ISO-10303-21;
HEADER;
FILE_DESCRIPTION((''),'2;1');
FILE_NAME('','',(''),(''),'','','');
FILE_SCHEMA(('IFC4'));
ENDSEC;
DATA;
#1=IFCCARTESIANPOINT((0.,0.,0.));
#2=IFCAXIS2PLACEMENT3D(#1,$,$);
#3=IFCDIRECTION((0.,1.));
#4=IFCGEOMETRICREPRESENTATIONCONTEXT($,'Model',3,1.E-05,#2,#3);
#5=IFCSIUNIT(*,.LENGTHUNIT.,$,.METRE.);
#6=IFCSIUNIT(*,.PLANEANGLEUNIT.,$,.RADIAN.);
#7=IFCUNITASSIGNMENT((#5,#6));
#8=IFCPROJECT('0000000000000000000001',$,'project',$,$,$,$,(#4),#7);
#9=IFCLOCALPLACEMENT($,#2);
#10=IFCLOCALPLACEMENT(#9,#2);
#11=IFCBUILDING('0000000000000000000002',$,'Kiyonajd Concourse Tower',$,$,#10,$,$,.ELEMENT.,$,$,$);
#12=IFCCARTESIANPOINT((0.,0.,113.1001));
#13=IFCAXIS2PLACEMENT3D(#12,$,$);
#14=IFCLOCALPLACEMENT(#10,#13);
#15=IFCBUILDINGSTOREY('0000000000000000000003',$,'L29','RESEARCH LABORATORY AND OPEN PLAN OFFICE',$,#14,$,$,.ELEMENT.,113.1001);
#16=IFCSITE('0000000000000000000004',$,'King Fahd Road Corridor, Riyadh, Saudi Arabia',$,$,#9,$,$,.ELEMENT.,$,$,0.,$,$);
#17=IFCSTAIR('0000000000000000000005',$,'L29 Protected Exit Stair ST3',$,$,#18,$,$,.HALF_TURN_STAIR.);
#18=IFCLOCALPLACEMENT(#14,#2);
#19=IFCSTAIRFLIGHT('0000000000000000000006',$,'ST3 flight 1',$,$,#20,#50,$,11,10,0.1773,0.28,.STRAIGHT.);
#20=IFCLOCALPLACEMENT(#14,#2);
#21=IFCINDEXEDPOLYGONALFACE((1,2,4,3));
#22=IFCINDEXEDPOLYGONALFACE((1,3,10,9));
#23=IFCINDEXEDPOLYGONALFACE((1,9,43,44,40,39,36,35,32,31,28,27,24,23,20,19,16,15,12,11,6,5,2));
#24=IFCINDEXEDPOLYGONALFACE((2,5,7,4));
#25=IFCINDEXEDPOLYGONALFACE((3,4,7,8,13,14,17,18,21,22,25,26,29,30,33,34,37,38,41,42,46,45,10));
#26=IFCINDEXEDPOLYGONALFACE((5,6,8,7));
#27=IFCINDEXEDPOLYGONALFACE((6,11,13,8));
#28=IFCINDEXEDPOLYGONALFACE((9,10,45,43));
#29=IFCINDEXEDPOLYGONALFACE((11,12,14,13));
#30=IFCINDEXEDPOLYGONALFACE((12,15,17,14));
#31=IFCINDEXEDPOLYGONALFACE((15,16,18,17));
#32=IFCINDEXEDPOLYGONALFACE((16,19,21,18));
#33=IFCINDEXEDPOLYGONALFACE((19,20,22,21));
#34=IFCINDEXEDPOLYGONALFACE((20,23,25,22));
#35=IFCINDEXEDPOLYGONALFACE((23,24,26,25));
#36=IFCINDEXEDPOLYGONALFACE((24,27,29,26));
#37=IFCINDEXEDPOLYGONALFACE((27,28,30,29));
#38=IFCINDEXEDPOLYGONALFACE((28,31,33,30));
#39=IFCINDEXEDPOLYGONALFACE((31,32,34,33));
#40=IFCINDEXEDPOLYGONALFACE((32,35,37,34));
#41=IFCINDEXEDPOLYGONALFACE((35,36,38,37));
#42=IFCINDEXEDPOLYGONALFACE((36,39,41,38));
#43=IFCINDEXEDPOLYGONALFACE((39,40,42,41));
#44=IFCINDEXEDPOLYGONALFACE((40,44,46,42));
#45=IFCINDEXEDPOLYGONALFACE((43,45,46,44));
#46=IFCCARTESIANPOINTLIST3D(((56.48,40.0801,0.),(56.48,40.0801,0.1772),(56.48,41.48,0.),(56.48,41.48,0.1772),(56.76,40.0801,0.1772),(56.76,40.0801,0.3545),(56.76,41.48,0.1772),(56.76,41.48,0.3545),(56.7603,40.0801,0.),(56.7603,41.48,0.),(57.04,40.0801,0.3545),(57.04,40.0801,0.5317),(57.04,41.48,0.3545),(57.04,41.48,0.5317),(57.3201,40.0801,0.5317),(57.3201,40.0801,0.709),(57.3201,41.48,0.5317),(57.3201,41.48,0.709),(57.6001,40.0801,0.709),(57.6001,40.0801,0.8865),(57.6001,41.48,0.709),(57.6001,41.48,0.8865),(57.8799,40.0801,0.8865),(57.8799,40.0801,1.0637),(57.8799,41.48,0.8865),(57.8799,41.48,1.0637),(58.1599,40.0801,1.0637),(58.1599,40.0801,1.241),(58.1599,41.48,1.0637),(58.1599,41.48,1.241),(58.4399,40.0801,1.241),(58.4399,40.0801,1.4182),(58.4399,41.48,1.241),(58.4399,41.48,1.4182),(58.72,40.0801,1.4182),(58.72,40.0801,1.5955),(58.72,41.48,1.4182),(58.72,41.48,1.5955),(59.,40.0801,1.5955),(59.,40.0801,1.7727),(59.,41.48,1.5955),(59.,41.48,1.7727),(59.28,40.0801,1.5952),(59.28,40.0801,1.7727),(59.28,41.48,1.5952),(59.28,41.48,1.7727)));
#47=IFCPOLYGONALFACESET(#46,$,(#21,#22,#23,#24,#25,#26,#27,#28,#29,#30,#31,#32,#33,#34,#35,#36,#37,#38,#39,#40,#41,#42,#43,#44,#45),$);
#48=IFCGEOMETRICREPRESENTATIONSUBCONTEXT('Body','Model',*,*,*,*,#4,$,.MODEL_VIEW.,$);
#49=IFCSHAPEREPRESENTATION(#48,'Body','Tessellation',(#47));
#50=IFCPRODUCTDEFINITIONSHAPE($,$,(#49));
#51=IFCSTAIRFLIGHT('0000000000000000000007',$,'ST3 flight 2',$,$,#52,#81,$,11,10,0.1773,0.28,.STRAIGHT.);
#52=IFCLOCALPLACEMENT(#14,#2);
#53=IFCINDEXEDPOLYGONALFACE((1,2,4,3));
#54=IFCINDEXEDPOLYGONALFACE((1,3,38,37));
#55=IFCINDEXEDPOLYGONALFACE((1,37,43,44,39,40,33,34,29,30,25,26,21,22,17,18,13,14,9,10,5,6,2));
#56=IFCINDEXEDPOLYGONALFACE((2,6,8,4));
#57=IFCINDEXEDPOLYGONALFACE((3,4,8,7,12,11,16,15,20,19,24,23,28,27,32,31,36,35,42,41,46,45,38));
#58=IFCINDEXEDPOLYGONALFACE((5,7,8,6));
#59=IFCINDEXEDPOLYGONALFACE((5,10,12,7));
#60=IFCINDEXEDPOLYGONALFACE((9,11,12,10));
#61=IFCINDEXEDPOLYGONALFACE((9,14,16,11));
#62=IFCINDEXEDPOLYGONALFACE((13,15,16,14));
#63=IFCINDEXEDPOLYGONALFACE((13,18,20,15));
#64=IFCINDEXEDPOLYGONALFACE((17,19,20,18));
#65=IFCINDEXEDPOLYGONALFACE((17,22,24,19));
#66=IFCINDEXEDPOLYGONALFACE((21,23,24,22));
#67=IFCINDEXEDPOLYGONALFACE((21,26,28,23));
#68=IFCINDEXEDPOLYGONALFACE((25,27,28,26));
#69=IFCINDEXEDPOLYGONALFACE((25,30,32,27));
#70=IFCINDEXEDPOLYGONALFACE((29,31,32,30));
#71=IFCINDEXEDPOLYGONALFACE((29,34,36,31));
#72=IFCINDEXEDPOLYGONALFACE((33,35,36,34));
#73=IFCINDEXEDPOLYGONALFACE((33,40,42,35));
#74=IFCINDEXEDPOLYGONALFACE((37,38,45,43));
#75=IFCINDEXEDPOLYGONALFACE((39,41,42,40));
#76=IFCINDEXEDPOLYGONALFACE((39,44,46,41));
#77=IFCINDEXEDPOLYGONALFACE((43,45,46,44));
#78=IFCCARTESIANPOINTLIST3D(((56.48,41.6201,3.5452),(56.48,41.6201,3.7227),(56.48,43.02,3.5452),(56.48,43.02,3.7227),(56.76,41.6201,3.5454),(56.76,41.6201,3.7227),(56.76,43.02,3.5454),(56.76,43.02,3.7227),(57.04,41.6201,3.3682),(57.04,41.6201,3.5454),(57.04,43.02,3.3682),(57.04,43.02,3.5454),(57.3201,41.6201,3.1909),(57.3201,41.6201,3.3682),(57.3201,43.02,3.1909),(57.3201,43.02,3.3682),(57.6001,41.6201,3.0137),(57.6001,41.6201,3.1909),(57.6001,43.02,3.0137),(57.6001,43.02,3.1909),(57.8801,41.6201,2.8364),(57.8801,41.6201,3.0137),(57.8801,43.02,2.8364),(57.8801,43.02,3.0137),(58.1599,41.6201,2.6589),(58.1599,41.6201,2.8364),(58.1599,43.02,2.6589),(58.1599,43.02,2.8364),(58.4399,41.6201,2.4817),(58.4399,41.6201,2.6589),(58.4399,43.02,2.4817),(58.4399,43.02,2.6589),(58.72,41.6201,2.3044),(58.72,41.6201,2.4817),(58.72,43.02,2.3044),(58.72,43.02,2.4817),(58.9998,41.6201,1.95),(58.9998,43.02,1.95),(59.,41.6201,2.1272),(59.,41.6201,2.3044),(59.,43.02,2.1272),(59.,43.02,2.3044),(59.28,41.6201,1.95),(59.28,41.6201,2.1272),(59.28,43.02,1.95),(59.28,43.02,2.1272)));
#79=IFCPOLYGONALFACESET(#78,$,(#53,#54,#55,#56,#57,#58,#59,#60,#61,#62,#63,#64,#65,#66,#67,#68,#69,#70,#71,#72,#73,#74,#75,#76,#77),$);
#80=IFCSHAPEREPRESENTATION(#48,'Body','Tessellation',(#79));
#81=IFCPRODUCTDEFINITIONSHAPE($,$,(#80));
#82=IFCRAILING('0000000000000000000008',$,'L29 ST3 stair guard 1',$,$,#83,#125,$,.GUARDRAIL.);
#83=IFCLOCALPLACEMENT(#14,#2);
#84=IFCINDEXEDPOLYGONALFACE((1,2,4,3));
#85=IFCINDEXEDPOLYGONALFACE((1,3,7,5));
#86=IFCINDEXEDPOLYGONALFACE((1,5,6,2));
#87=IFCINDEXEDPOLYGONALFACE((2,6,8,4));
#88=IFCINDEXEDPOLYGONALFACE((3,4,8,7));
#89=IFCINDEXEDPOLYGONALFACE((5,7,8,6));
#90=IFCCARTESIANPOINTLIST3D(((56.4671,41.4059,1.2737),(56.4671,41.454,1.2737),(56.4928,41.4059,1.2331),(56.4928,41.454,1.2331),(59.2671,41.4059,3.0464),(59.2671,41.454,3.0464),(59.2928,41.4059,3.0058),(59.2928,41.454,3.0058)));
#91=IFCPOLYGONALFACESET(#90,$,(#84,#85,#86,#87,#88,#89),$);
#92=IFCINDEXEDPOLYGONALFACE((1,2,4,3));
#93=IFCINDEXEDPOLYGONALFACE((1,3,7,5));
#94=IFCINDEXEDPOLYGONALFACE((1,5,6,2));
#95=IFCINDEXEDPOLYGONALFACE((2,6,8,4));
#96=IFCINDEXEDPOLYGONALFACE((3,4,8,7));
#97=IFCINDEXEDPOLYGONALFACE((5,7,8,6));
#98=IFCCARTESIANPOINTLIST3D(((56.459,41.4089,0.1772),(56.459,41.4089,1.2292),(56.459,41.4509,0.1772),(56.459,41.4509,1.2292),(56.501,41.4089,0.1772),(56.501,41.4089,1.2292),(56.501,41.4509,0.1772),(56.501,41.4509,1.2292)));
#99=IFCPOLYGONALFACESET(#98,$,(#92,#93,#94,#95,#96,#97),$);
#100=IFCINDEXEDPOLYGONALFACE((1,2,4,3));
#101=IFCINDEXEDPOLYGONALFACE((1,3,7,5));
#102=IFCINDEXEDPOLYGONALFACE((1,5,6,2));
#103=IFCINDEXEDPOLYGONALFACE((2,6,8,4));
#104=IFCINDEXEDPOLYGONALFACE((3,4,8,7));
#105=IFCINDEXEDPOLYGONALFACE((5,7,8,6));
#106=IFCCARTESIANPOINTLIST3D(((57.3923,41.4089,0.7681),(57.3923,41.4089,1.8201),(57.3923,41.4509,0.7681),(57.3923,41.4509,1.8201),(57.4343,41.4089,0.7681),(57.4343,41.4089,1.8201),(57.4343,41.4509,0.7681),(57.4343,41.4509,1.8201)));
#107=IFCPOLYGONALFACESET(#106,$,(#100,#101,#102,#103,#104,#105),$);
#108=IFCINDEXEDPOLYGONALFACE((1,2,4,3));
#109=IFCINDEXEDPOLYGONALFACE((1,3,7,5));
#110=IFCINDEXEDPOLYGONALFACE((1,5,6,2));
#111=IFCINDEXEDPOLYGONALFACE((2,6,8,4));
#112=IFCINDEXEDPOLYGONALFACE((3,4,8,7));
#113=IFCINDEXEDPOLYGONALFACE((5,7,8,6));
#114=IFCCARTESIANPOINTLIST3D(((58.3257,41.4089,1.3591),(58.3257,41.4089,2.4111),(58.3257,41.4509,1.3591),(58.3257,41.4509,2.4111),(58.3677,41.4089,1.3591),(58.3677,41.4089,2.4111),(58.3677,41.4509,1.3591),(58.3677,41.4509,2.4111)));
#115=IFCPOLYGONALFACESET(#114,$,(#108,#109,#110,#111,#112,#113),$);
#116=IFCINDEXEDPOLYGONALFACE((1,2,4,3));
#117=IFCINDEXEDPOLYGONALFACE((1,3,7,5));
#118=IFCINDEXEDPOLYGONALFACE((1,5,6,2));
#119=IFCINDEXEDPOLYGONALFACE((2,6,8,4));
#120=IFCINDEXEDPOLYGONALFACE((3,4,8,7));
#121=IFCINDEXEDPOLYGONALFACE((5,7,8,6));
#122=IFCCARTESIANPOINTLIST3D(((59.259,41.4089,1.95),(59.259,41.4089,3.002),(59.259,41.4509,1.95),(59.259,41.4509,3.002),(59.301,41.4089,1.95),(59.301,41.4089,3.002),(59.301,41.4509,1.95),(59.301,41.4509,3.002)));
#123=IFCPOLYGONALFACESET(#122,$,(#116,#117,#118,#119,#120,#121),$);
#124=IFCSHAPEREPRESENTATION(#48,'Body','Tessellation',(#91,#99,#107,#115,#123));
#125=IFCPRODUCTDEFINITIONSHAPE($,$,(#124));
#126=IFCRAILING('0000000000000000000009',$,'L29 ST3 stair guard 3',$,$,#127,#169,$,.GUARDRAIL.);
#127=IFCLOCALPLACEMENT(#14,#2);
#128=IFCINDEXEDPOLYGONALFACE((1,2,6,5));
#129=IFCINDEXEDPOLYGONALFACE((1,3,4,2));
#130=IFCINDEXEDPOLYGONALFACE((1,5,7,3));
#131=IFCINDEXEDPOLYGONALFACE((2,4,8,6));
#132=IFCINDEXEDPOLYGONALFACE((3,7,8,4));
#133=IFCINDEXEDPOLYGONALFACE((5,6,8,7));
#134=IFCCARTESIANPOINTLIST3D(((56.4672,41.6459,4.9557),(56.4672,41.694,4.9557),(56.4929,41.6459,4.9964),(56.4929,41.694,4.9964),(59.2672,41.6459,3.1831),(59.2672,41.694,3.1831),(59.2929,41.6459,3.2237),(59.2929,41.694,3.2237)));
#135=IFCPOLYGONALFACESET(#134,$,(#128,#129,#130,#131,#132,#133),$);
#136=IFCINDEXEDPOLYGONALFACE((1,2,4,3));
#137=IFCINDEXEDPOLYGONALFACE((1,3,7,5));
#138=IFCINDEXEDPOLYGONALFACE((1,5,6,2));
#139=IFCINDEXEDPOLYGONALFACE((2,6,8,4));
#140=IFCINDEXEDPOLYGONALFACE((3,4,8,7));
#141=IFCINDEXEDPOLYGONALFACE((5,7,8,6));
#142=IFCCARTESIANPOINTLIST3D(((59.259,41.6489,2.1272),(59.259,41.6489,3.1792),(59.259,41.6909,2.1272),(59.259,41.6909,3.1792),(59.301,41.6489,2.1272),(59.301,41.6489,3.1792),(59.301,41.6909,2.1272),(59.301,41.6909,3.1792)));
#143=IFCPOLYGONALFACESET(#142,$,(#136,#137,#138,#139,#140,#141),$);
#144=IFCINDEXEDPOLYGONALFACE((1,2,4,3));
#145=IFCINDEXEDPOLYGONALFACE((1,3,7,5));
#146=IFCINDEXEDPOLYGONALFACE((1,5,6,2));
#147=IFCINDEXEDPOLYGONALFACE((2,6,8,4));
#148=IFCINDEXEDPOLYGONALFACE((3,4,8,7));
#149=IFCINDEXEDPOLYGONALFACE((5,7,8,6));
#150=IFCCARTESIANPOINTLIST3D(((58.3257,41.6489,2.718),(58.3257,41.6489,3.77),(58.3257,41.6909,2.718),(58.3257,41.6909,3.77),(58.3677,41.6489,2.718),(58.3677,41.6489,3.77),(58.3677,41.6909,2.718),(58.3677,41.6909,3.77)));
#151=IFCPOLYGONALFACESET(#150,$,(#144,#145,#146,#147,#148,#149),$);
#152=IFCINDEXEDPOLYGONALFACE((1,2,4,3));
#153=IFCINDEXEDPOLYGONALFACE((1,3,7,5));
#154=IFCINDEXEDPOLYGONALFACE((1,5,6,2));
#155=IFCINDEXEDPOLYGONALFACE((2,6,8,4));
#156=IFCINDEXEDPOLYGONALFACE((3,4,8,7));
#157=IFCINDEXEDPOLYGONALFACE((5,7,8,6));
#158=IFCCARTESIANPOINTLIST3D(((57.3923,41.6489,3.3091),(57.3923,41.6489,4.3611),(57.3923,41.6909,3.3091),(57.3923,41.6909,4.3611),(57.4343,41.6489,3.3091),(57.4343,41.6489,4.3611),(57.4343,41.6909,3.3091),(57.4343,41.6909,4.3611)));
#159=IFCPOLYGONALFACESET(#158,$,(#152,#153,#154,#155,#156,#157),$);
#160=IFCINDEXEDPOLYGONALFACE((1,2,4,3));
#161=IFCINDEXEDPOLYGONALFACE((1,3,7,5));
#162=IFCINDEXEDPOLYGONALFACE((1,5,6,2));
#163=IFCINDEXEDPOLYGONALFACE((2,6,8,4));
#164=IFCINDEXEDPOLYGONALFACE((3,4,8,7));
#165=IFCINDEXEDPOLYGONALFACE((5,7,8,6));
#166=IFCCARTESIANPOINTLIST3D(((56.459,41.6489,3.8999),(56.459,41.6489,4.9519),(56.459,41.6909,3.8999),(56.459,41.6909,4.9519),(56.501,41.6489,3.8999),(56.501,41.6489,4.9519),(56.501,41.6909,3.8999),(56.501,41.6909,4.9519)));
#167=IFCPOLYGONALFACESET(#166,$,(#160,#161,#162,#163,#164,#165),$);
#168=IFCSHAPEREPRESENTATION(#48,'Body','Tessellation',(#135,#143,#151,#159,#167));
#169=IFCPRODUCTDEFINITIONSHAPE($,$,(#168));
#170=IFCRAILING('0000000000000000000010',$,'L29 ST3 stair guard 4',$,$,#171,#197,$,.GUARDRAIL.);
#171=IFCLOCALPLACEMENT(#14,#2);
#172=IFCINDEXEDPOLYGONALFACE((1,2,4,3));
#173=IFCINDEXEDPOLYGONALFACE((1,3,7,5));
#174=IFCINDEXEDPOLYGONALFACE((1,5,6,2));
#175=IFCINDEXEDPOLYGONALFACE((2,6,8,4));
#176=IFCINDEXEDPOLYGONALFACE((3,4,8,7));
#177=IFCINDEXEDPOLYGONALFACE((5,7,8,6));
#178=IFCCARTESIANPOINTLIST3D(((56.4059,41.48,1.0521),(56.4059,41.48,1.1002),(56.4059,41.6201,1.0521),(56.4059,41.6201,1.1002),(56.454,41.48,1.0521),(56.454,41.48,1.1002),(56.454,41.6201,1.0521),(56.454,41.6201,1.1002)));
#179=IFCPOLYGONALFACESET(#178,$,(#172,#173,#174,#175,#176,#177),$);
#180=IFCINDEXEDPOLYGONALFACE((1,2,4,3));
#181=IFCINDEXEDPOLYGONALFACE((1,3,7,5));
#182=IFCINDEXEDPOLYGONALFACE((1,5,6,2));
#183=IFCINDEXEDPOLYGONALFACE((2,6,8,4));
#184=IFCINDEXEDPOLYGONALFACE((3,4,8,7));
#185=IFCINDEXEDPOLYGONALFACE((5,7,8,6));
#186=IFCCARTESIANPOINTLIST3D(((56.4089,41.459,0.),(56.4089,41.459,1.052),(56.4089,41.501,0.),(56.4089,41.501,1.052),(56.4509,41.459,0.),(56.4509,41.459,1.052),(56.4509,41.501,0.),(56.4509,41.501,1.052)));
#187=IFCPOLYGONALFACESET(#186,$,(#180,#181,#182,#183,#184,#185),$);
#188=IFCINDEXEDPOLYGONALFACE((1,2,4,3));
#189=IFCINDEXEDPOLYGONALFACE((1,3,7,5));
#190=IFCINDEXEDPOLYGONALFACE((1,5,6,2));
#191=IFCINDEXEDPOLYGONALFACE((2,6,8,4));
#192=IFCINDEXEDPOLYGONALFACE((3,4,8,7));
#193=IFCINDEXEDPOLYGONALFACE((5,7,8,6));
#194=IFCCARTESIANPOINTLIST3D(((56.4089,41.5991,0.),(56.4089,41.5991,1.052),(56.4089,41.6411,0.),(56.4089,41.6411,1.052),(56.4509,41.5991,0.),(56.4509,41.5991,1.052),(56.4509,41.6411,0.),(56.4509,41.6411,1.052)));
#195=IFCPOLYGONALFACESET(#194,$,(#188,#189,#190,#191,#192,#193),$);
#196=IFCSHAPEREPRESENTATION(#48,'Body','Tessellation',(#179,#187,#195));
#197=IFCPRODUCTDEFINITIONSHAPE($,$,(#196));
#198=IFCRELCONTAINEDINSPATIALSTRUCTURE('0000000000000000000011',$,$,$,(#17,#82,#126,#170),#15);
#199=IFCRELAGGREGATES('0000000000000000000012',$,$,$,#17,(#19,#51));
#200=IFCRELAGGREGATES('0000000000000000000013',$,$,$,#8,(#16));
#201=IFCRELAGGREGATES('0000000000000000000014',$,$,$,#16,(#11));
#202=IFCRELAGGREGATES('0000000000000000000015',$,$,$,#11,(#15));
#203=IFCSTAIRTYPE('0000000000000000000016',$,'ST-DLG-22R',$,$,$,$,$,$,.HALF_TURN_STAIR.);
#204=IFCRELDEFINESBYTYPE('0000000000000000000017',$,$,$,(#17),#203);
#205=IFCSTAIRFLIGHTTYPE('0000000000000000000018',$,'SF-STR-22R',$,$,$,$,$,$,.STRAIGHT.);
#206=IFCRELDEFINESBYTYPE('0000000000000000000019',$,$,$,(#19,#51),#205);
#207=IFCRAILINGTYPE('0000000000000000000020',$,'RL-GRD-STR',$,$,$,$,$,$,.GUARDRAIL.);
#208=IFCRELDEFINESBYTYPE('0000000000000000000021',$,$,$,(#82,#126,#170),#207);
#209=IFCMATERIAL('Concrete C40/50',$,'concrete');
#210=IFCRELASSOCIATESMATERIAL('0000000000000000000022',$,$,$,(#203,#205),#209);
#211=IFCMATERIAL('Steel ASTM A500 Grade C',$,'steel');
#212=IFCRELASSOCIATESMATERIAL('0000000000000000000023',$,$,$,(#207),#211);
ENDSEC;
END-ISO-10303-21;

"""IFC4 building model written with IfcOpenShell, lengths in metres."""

from ifc_helpers import new_model, si_unit, direction, frame, origin, origin_2d, place, context, subcontext, project, spatial, polyline, rectangle, outline, extrude, material, type_object, element, aggregate, save


model = new_model("IFC4")

# Units and contexts
model_context = context("Model", 3, precision=1e-05, world=origin(), true_north=direction((0.0, 1.0)))
body_context = subcontext(model_context, "Body", "Model", "MODEL_VIEW")
ifc_project = project(units=[si_unit("LENGTHUNIT", "METRE"), si_unit("PLANEANGLEUNIT", "RADIAN")], contexts=[model_context])

# Site, building, storey
site_placement = place(None, origin())
site = spatial("IfcSite", under=ifc_project, at=site_placement, Name="King Fahd Road Corridor, Riyadh, Saudi Arabia", CompositionType="ELEMENT", RefElevation=0.0)
building_placement = place(site_placement, origin())
building = spatial("IfcBuilding", under=site, at=building_placement, Name="Kiyonajd Concourse Tower", CompositionType="ELEMENT")
storey_placement = place(building_placement, frame((0.0, 0.0, 113.1001)))
storey = spatial("IfcBuildingStorey", under=building, at=storey_placement, Name="L29", Description="RESEARCH LABORATORY AND OPEN PLAN OFFICE", CompositionType="ELEMENT", Elevation=113.1001)

# Stair, stair flights
ifc_material_1 = material(Name="Concrete C40/50", Category="concrete")
stair_type = type_object("IfcStairType", Name="ST-DLG-22R", PredefinedType="HALF_TURN_STAIR", material=ifc_material_1)
stair_placement = place(storey_placement, origin())
stair = element("IfcStair", 1, at=stair_placement, inside=storey, type_object=stair_type, Name="L29 Protected Exit Stair ST3", PredefinedType="HALF_TURN_STAIR")
stair_flight_type = type_object("IfcStairFlightType", Name="SF-STR-22R", PredefinedType="STRAIGHT", material=ifc_material_1)
stair_flight_1_placement = place(storey_placement, frame((56.48, 40.78, 0.0), z_axis=(0.0, 0.0, 1.0), x_axis=(1.0, 0.0, 0.0)))
stair_flight_1 = element("IfcStairFlight", 2, at=stair_flight_1_placement, type_object=stair_flight_type, Name="ST3 flight 1", NumberOfRisers=11, NumberOfTreads=10, PredefinedType="STRAIGHT", RiserHeight=0.1773, TreadLength=0.28, context=body_context, shape_type="SweptSolid", body=[
    extrude(outline(polyline([(0.0, 0.0), (0.0, 0.1772), (0.28, 0.1772), (0.28, 0.3545), (0.5601, 0.3545), (0.5601, 0.5317), (0.8401, 0.5317), (0.8401, 0.709), (1.1201, 0.709), (1.1201, 0.8865), (1.3999, 0.8865), (1.3999, 1.0637), (1.6799, 1.0637), (1.6799, 1.241), (1.96, 1.241), (1.96, 1.4182), (2.24, 1.4182), (2.24, 1.5955), (2.52, 1.5955), (2.52, 1.7727), (2.8, 1.7727), (2.8, 1.95), (2.8, 1.5952), (0.2803, 0.0), (0.0, 0.0)])), frame((0.0, 0.7, 0.0), z_axis=(0.0, -1.0, 0.0), x_axis=(1.0, 0.0, 0.0)), (0.0, 0.0, 1.0), 1.3999),
])
stair_flight_2_placement = place(storey_placement, frame((59.28, 42.3201, 1.95), z_axis=(0.0, 0.0, 1.0), x_axis=(-1.0, 0.0, 0.0)))
stair_flight_2 = element("IfcStairFlight", 3, at=stair_flight_2_placement, type_object=stair_flight_type, Name="ST3 flight 2", NumberOfRisers=11, NumberOfTreads=10, PredefinedType="STRAIGHT", RiserHeight=0.1773, TreadLength=0.28, context=body_context, shape_type="SweptSolid", body=[
    extrude(outline(polyline([(0.0, 0.0), (0.0, 0.1772), (0.28, 0.1772), (0.28, 0.3545), (0.5601, 0.3545), (0.5601, 0.5317), (0.8401, 0.5317), (0.8401, 0.709), (1.1201, 0.709), (1.1201, 0.8865), (1.3999, 0.8865), (1.3999, 1.0637), (1.6799, 1.0637), (1.6799, 1.241), (1.96, 1.241), (1.96, 1.4182), (2.24, 1.4182), (2.24, 1.5955), (2.52, 1.5955), (2.52, 1.7727), (2.8, 1.7727), (2.8, 1.95), (2.8, 1.5952), (0.2803, 0.0), (0.0, 0.0)])), frame((0.0, 0.7, 0.0), z_axis=(0.0, -1.0, 0.0), x_axis=(1.0, 0.0, 0.0)), (0.0, 0.0, 1.0), 1.3999),
])
aggregate(stair, [stair_flight_1, stair_flight_2])

# Railings
ifc_material_2 = material(Name="Steel ASTM A500 Grade C", Category="steel")
railing_type_1 = type_object("IfcRailingType", Name="RL-GRD-STR", PredefinedType="GUARDRAIL", material=ifc_material_2)
railing_1_placement = place(storey_placement, frame((56.48, 41.4299, 0.1772)))
element("IfcRailing", 4, at=railing_1_placement, inside=storey, type_object=railing_type_1, Name="L29 ST3 stair guard 1", PredefinedType="GUARDRAIL", context=body_context, shape_type="SweptSolid", body=[
    extrude(rectangle(XDim=0.0481, YDim=0.0481, at=origin_2d()), frame((0.0, 0.0, 1.0762), z_axis=(0.844909, 0.0, 0.53491), x_axis=(0.0, 1.0, 0.0)), (0.0, 0.0, 1.0), 3.314),
    extrude(rectangle(XDim=0.042, YDim=0.042, at=origin_2d()), origin(), (0.0, 0.0, 1.0), 1.052),
    extrude(rectangle(XDim=0.042, YDim=0.042, at=origin_2d()), frame((0.9333, 0.0, 0.5908)), (0.0, 0.0, 1.0), 1.052),
    extrude(rectangle(XDim=0.042, YDim=0.042, at=origin_2d()), frame((1.8667, 0.0, 1.1819)), (0.0, 0.0, 1.0), 1.052),
    extrude(rectangle(XDim=0.042, YDim=0.042, at=origin_2d()), frame((2.8, 0.0, 1.7727)), (0.0, 0.0, 1.0), 1.052),
])
railing_2_placement = place(storey_placement, frame((59.28, 41.6699, 2.1272)))
element("IfcRailing", 5, at=railing_2_placement, inside=storey, type_object=railing_type_1, Name="L29 ST3 stair guard 3", PredefinedType="GUARDRAIL", context=body_context, shape_type="SweptSolid", body=[
    extrude(rectangle(XDim=0.0481, YDim=0.0481, at=origin_2d()), frame((0.0, 0.0, 1.0762), z_axis=(-0.844909, 0.0, 0.53491), x_axis=(0.0, -1.0, 0.0)), (0.0, 0.0, 1.0), 3.314),
    extrude(rectangle(XDim=0.042, YDim=0.042, at=origin_2d()), origin(), (0.0, 0.0, 1.0), 1.052),
    extrude(rectangle(XDim=0.042, YDim=0.042, at=origin_2d()), frame((-0.9333, 0.0, 0.5908)), (0.0, 0.0, 1.0), 1.052),
    extrude(rectangle(XDim=0.042, YDim=0.042, at=origin_2d()), frame((-1.8667, 0.0, 1.1819)), (0.0, 0.0, 1.0), 1.052),
    extrude(rectangle(XDim=0.042, YDim=0.042, at=origin_2d()), frame((-2.8, 0.0, 1.7727)), (0.0, 0.0, 1.0), 1.052),
])
railing_3_placement = place(storey_placement, frame((56.4299, 41.48, 0.0)))
element("IfcRailing", 6, at=railing_3_placement, inside=storey, type_object=railing_type_1, Name="L29 ST3 stair guard 4", PredefinedType="GUARDRAIL", context=body_context, shape_type="SweptSolid", body=[
    extrude(rectangle(XDim=0.0481, YDim=0.0481, at=origin_2d()), frame((0.0, 0.0, 1.0762), z_axis=(0.0, 1.0, 0.0), x_axis=(-1.0, 0.0, 0.0)), (0.0, 0.0, 1.0), 0.1401),
    extrude(rectangle(XDim=0.042, YDim=0.042, at=origin_2d()), origin(), (0.0, 0.0, 1.0), 1.052),
    extrude(rectangle(XDim=0.042, YDim=0.042, at=origin_2d()), frame((0.0, 0.1401, 0.0)), (0.0, 0.0, 1.0), 1.052),
])

save(model, "model.ifc")
